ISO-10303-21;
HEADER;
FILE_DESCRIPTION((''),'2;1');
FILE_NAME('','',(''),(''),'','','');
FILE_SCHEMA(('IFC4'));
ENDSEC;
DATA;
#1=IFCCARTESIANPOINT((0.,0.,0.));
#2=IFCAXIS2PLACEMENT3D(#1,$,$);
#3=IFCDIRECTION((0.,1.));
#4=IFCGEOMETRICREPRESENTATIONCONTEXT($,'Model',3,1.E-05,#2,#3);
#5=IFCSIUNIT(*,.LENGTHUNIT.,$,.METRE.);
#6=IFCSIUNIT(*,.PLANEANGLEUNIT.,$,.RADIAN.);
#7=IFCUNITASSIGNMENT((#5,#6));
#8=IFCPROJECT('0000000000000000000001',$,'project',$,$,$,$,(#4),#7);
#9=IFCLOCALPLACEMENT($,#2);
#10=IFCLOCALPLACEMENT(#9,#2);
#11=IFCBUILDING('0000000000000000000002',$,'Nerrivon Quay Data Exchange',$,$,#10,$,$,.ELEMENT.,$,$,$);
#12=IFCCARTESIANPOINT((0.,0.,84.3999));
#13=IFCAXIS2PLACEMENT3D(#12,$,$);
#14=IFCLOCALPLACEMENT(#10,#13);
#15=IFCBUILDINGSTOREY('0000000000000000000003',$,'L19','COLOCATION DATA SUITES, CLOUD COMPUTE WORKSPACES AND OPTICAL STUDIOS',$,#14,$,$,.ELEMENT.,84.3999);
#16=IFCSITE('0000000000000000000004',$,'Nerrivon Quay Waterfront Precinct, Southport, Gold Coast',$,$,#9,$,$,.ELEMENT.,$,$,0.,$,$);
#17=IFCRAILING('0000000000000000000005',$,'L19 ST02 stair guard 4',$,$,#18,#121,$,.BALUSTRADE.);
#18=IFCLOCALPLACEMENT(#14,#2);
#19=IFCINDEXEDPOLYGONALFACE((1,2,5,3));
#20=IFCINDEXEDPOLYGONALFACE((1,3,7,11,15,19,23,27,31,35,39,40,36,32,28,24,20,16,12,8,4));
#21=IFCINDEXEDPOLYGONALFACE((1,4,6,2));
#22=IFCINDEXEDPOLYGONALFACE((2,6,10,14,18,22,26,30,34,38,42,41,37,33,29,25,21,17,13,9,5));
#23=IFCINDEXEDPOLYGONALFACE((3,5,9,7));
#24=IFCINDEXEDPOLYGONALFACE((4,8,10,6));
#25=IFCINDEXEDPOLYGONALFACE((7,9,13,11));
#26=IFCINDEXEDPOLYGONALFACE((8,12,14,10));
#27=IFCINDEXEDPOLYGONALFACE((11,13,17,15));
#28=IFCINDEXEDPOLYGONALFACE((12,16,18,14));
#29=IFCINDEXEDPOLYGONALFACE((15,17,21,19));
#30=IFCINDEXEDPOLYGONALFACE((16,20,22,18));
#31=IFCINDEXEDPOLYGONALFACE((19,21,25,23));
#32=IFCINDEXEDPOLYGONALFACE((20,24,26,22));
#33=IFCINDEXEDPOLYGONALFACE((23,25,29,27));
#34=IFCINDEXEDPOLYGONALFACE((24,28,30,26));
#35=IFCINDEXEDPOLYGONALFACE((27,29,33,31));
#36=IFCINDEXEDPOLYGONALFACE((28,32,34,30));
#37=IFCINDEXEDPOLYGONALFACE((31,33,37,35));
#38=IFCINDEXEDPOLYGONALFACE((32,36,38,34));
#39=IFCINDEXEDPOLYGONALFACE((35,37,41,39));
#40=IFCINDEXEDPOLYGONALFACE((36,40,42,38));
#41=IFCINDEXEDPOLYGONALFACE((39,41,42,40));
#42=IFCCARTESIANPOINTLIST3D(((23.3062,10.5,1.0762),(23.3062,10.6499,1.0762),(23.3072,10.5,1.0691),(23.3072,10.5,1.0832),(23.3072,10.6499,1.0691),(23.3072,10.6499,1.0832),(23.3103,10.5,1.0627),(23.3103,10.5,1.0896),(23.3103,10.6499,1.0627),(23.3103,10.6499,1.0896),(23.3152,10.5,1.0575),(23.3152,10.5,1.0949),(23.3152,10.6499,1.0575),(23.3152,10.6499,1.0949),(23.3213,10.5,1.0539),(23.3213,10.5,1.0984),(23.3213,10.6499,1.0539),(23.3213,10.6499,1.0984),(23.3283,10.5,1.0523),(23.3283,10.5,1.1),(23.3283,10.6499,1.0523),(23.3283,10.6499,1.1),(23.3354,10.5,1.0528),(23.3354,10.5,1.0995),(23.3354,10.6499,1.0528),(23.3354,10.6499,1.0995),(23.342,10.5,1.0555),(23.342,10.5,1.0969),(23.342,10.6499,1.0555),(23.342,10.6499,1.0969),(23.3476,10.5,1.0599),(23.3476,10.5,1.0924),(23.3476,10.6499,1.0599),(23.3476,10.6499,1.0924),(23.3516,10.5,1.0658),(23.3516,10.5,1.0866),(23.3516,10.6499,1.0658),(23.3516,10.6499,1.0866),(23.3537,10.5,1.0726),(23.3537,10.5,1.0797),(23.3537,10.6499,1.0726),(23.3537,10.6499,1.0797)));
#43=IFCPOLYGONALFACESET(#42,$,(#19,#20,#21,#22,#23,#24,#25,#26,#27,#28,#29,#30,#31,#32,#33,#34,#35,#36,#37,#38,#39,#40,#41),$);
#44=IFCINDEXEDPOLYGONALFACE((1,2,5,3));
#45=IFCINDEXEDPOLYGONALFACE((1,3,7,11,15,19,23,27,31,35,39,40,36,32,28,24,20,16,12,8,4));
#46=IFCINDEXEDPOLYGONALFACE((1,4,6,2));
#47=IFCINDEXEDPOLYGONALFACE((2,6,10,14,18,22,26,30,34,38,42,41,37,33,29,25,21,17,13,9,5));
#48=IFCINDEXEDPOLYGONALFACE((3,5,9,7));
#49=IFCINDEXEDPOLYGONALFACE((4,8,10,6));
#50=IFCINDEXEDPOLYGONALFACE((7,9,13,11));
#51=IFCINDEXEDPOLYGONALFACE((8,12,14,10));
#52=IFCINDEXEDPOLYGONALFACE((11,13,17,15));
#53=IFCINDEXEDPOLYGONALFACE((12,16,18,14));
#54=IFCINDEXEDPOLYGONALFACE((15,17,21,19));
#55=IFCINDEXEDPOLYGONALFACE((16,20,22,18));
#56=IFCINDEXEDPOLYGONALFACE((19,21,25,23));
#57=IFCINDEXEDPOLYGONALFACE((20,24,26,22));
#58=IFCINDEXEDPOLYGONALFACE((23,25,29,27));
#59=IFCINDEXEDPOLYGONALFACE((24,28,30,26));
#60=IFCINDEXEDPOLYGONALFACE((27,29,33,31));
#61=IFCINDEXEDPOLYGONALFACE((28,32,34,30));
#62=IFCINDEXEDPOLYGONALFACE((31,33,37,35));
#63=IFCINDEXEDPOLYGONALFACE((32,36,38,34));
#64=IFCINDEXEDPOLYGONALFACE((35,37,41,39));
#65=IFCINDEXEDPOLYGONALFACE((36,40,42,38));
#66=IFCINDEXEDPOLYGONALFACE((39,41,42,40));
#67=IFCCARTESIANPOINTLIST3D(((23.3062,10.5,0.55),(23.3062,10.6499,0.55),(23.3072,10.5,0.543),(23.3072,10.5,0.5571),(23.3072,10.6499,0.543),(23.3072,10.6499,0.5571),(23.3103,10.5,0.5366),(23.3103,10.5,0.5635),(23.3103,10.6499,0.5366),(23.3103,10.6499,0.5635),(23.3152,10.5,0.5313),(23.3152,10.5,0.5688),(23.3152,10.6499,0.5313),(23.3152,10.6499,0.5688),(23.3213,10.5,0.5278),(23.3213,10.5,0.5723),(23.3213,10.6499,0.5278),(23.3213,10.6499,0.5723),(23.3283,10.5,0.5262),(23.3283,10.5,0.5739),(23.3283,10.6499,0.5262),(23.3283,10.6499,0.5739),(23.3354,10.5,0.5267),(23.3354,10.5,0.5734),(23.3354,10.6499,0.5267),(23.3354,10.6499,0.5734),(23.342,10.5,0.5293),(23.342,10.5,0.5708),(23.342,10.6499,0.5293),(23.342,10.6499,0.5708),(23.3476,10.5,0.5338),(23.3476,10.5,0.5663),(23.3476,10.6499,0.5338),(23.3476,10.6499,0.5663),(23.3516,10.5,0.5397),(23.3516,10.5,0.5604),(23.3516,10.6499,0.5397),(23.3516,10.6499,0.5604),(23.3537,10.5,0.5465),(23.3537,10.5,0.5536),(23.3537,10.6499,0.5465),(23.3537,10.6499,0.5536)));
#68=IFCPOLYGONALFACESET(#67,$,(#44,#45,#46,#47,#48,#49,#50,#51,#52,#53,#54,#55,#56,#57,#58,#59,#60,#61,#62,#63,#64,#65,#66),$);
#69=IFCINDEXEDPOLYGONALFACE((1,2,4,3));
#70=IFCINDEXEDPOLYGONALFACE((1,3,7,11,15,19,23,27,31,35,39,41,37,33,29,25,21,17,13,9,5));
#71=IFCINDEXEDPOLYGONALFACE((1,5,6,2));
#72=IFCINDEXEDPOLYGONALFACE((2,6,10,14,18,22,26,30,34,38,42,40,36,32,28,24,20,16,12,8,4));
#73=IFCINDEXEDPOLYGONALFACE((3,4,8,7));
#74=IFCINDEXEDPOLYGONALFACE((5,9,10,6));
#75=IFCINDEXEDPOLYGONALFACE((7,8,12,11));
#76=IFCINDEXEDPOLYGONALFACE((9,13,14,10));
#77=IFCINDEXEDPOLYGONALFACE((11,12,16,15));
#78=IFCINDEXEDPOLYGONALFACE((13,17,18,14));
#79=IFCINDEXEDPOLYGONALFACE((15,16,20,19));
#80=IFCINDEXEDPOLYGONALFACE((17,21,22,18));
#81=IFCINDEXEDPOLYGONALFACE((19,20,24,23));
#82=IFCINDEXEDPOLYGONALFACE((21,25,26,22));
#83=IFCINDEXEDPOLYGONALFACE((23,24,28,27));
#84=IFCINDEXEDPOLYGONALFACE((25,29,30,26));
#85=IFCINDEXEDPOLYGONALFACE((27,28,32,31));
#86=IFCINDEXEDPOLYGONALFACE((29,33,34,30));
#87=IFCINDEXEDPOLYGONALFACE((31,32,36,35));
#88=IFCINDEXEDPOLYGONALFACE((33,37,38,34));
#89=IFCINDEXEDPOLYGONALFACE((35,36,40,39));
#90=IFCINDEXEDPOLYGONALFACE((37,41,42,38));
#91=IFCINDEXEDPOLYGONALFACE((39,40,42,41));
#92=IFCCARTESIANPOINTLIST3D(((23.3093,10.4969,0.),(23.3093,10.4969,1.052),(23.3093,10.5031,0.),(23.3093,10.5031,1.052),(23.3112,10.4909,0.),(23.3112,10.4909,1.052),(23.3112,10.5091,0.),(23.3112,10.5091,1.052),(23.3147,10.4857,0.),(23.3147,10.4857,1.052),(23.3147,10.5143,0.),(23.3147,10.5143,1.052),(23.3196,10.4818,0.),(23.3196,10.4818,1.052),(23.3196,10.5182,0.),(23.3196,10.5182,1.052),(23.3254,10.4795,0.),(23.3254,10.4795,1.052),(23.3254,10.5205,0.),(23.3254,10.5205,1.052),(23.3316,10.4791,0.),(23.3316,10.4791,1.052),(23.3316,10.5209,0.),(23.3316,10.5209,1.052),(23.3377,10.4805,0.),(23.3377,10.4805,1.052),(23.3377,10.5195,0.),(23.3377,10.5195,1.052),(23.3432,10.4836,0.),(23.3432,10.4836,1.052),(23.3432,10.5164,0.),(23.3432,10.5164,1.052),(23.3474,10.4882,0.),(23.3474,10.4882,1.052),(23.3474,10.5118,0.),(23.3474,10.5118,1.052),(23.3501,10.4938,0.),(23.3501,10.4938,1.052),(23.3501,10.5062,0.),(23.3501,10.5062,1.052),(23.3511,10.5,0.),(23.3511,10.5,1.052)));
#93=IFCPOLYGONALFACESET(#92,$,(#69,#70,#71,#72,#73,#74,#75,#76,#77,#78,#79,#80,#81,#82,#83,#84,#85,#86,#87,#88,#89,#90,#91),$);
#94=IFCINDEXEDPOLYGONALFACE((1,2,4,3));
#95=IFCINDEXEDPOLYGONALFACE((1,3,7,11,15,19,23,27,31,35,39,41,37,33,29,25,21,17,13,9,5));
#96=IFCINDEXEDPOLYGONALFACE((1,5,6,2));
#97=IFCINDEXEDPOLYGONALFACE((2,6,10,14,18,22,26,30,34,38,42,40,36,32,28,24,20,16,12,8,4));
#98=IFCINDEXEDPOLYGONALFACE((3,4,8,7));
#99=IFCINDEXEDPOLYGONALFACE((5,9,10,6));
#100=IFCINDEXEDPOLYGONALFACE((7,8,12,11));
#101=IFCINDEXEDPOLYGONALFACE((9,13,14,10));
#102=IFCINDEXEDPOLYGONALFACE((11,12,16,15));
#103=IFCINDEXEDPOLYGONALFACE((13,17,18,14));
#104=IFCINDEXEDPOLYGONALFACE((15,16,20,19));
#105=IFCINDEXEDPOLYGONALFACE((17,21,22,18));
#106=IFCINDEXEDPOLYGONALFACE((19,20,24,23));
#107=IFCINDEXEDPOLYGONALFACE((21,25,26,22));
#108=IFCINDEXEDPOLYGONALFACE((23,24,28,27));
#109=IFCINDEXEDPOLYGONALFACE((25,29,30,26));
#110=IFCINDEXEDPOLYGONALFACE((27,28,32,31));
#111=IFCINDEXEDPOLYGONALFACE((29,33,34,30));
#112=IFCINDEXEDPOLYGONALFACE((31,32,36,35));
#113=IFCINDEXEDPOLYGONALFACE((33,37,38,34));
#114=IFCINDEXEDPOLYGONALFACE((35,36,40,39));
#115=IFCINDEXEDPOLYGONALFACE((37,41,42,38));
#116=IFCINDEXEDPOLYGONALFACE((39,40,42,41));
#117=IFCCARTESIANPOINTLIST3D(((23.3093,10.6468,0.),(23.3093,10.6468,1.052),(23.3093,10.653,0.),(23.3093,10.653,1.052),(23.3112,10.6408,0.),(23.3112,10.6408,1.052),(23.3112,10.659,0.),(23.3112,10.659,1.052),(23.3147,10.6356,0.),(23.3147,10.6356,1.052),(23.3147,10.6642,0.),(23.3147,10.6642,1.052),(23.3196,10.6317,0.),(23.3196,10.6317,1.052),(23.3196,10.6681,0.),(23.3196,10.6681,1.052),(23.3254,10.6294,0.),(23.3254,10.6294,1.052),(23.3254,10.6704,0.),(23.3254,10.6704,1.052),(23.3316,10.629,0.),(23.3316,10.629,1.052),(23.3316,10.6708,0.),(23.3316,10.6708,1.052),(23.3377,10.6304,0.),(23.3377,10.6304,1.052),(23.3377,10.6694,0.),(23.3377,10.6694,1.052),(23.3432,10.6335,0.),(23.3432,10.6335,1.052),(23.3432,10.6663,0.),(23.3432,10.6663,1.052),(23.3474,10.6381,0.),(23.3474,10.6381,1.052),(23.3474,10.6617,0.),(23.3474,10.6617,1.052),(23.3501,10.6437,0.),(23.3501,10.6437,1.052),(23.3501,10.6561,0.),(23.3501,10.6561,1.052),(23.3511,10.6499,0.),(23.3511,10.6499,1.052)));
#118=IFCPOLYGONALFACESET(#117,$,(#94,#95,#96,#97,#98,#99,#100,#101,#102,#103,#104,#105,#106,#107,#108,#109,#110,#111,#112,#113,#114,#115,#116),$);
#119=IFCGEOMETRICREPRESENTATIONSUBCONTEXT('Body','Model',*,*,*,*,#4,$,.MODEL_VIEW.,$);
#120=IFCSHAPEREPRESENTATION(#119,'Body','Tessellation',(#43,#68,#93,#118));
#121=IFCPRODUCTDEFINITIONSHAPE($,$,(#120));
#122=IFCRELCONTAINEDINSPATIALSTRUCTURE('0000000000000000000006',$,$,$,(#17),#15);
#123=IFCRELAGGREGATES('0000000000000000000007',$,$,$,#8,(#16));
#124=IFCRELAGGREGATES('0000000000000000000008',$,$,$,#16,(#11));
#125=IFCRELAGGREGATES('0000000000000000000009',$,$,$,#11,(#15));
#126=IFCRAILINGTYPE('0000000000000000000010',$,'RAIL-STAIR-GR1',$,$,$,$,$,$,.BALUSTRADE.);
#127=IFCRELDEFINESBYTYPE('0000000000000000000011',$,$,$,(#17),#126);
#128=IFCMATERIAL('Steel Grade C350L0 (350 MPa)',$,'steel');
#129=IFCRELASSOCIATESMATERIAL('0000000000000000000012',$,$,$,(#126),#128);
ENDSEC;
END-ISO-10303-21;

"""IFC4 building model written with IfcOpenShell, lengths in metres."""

from ifc_helpers import new_model, si_unit, direction, frame, origin, origin_2d, place, context, subcontext, project, spatial, circle, extrude, material, type_object, element, save


model = new_model("IFC4")

# Units and contexts
model_context = context("Model", 3, precision=1e-05, world=origin(), true_north=direction((0.0, 1.0)))
body_context = subcontext(model_context, "Body", "Model", "MODEL_VIEW")
ifc_project = project(units=[si_unit("LENGTHUNIT", "METRE"), si_unit("PLANEANGLEUNIT", "RADIAN")], contexts=[model_context])

# Site, building, storey
site_placement = place(None, origin())
site = spatial("IfcSite", under=ifc_project, at=site_placement, Name="Nerrivon Quay Waterfront Precinct, Southport, Gold Coast", CompositionType="ELEMENT", RefElevation=0.0)
building_placement = place(site_placement, origin())
building = spatial("IfcBuilding", under=site, at=building_placement, Name="Nerrivon Quay Data Exchange", CompositionType="ELEMENT")
storey_placement = place(building_placement, frame((0.0, 0.0, 84.3999)))
storey = spatial("IfcBuildingStorey", under=building, at=storey_placement, Name="L19", Description="COLOCATION DATA SUITES, CLOUD COMPUTE WORKSPACES AND OPTICAL STUDIOS", CompositionType="ELEMENT", Elevation=84.3999)

# Railing
ifc_material_1 = material(Name="Steel Grade C350L0 (350 MPa)", Category="steel")
railing_type_1 = type_object("IfcRailingType", Name="RAIL-STAIR-GR1", PredefinedType="BALUSTRADE", material=ifc_material_1)
railing_1_placement = place(storey_placement, frame((23.3301, 10.5, 0.0)))
element("IfcRailing", 1, at=railing_1_placement, inside=storey, type_object=railing_type_1, Name="L19 ST02 stair guard 4", PredefinedType="BALUSTRADE", context=body_context, shape_type="SweptSolid", body=[
    extrude(circle(Radius=0.0239, at=origin_2d()), frame((0.0, 0.0, 1.0762), z_axis=(0.0, 1.0, 0.0), x_axis=(-1.0, 0.0, 0.0)), (0.0, 0.0, 1.0), 0.1499),
    extrude(circle(Radius=0.0239, at=origin_2d()), frame((0.0, 0.0, 0.55), z_axis=(0.0, 1.0, 0.0), x_axis=(-1.0, 0.0, 0.0)), (0.0, 0.0, 1.0), 0.1499),
    extrude(circle(Radius=0.021, at=origin_2d()), origin(), (0.0, 0.0, 1.0), 1.052),
    extrude(circle(Radius=0.021, at=origin_2d()), frame((0.0, 0.1499, 0.0)), (0.0, 0.0, 1.0), 1.052),
])

save(model, "model.ifc")
